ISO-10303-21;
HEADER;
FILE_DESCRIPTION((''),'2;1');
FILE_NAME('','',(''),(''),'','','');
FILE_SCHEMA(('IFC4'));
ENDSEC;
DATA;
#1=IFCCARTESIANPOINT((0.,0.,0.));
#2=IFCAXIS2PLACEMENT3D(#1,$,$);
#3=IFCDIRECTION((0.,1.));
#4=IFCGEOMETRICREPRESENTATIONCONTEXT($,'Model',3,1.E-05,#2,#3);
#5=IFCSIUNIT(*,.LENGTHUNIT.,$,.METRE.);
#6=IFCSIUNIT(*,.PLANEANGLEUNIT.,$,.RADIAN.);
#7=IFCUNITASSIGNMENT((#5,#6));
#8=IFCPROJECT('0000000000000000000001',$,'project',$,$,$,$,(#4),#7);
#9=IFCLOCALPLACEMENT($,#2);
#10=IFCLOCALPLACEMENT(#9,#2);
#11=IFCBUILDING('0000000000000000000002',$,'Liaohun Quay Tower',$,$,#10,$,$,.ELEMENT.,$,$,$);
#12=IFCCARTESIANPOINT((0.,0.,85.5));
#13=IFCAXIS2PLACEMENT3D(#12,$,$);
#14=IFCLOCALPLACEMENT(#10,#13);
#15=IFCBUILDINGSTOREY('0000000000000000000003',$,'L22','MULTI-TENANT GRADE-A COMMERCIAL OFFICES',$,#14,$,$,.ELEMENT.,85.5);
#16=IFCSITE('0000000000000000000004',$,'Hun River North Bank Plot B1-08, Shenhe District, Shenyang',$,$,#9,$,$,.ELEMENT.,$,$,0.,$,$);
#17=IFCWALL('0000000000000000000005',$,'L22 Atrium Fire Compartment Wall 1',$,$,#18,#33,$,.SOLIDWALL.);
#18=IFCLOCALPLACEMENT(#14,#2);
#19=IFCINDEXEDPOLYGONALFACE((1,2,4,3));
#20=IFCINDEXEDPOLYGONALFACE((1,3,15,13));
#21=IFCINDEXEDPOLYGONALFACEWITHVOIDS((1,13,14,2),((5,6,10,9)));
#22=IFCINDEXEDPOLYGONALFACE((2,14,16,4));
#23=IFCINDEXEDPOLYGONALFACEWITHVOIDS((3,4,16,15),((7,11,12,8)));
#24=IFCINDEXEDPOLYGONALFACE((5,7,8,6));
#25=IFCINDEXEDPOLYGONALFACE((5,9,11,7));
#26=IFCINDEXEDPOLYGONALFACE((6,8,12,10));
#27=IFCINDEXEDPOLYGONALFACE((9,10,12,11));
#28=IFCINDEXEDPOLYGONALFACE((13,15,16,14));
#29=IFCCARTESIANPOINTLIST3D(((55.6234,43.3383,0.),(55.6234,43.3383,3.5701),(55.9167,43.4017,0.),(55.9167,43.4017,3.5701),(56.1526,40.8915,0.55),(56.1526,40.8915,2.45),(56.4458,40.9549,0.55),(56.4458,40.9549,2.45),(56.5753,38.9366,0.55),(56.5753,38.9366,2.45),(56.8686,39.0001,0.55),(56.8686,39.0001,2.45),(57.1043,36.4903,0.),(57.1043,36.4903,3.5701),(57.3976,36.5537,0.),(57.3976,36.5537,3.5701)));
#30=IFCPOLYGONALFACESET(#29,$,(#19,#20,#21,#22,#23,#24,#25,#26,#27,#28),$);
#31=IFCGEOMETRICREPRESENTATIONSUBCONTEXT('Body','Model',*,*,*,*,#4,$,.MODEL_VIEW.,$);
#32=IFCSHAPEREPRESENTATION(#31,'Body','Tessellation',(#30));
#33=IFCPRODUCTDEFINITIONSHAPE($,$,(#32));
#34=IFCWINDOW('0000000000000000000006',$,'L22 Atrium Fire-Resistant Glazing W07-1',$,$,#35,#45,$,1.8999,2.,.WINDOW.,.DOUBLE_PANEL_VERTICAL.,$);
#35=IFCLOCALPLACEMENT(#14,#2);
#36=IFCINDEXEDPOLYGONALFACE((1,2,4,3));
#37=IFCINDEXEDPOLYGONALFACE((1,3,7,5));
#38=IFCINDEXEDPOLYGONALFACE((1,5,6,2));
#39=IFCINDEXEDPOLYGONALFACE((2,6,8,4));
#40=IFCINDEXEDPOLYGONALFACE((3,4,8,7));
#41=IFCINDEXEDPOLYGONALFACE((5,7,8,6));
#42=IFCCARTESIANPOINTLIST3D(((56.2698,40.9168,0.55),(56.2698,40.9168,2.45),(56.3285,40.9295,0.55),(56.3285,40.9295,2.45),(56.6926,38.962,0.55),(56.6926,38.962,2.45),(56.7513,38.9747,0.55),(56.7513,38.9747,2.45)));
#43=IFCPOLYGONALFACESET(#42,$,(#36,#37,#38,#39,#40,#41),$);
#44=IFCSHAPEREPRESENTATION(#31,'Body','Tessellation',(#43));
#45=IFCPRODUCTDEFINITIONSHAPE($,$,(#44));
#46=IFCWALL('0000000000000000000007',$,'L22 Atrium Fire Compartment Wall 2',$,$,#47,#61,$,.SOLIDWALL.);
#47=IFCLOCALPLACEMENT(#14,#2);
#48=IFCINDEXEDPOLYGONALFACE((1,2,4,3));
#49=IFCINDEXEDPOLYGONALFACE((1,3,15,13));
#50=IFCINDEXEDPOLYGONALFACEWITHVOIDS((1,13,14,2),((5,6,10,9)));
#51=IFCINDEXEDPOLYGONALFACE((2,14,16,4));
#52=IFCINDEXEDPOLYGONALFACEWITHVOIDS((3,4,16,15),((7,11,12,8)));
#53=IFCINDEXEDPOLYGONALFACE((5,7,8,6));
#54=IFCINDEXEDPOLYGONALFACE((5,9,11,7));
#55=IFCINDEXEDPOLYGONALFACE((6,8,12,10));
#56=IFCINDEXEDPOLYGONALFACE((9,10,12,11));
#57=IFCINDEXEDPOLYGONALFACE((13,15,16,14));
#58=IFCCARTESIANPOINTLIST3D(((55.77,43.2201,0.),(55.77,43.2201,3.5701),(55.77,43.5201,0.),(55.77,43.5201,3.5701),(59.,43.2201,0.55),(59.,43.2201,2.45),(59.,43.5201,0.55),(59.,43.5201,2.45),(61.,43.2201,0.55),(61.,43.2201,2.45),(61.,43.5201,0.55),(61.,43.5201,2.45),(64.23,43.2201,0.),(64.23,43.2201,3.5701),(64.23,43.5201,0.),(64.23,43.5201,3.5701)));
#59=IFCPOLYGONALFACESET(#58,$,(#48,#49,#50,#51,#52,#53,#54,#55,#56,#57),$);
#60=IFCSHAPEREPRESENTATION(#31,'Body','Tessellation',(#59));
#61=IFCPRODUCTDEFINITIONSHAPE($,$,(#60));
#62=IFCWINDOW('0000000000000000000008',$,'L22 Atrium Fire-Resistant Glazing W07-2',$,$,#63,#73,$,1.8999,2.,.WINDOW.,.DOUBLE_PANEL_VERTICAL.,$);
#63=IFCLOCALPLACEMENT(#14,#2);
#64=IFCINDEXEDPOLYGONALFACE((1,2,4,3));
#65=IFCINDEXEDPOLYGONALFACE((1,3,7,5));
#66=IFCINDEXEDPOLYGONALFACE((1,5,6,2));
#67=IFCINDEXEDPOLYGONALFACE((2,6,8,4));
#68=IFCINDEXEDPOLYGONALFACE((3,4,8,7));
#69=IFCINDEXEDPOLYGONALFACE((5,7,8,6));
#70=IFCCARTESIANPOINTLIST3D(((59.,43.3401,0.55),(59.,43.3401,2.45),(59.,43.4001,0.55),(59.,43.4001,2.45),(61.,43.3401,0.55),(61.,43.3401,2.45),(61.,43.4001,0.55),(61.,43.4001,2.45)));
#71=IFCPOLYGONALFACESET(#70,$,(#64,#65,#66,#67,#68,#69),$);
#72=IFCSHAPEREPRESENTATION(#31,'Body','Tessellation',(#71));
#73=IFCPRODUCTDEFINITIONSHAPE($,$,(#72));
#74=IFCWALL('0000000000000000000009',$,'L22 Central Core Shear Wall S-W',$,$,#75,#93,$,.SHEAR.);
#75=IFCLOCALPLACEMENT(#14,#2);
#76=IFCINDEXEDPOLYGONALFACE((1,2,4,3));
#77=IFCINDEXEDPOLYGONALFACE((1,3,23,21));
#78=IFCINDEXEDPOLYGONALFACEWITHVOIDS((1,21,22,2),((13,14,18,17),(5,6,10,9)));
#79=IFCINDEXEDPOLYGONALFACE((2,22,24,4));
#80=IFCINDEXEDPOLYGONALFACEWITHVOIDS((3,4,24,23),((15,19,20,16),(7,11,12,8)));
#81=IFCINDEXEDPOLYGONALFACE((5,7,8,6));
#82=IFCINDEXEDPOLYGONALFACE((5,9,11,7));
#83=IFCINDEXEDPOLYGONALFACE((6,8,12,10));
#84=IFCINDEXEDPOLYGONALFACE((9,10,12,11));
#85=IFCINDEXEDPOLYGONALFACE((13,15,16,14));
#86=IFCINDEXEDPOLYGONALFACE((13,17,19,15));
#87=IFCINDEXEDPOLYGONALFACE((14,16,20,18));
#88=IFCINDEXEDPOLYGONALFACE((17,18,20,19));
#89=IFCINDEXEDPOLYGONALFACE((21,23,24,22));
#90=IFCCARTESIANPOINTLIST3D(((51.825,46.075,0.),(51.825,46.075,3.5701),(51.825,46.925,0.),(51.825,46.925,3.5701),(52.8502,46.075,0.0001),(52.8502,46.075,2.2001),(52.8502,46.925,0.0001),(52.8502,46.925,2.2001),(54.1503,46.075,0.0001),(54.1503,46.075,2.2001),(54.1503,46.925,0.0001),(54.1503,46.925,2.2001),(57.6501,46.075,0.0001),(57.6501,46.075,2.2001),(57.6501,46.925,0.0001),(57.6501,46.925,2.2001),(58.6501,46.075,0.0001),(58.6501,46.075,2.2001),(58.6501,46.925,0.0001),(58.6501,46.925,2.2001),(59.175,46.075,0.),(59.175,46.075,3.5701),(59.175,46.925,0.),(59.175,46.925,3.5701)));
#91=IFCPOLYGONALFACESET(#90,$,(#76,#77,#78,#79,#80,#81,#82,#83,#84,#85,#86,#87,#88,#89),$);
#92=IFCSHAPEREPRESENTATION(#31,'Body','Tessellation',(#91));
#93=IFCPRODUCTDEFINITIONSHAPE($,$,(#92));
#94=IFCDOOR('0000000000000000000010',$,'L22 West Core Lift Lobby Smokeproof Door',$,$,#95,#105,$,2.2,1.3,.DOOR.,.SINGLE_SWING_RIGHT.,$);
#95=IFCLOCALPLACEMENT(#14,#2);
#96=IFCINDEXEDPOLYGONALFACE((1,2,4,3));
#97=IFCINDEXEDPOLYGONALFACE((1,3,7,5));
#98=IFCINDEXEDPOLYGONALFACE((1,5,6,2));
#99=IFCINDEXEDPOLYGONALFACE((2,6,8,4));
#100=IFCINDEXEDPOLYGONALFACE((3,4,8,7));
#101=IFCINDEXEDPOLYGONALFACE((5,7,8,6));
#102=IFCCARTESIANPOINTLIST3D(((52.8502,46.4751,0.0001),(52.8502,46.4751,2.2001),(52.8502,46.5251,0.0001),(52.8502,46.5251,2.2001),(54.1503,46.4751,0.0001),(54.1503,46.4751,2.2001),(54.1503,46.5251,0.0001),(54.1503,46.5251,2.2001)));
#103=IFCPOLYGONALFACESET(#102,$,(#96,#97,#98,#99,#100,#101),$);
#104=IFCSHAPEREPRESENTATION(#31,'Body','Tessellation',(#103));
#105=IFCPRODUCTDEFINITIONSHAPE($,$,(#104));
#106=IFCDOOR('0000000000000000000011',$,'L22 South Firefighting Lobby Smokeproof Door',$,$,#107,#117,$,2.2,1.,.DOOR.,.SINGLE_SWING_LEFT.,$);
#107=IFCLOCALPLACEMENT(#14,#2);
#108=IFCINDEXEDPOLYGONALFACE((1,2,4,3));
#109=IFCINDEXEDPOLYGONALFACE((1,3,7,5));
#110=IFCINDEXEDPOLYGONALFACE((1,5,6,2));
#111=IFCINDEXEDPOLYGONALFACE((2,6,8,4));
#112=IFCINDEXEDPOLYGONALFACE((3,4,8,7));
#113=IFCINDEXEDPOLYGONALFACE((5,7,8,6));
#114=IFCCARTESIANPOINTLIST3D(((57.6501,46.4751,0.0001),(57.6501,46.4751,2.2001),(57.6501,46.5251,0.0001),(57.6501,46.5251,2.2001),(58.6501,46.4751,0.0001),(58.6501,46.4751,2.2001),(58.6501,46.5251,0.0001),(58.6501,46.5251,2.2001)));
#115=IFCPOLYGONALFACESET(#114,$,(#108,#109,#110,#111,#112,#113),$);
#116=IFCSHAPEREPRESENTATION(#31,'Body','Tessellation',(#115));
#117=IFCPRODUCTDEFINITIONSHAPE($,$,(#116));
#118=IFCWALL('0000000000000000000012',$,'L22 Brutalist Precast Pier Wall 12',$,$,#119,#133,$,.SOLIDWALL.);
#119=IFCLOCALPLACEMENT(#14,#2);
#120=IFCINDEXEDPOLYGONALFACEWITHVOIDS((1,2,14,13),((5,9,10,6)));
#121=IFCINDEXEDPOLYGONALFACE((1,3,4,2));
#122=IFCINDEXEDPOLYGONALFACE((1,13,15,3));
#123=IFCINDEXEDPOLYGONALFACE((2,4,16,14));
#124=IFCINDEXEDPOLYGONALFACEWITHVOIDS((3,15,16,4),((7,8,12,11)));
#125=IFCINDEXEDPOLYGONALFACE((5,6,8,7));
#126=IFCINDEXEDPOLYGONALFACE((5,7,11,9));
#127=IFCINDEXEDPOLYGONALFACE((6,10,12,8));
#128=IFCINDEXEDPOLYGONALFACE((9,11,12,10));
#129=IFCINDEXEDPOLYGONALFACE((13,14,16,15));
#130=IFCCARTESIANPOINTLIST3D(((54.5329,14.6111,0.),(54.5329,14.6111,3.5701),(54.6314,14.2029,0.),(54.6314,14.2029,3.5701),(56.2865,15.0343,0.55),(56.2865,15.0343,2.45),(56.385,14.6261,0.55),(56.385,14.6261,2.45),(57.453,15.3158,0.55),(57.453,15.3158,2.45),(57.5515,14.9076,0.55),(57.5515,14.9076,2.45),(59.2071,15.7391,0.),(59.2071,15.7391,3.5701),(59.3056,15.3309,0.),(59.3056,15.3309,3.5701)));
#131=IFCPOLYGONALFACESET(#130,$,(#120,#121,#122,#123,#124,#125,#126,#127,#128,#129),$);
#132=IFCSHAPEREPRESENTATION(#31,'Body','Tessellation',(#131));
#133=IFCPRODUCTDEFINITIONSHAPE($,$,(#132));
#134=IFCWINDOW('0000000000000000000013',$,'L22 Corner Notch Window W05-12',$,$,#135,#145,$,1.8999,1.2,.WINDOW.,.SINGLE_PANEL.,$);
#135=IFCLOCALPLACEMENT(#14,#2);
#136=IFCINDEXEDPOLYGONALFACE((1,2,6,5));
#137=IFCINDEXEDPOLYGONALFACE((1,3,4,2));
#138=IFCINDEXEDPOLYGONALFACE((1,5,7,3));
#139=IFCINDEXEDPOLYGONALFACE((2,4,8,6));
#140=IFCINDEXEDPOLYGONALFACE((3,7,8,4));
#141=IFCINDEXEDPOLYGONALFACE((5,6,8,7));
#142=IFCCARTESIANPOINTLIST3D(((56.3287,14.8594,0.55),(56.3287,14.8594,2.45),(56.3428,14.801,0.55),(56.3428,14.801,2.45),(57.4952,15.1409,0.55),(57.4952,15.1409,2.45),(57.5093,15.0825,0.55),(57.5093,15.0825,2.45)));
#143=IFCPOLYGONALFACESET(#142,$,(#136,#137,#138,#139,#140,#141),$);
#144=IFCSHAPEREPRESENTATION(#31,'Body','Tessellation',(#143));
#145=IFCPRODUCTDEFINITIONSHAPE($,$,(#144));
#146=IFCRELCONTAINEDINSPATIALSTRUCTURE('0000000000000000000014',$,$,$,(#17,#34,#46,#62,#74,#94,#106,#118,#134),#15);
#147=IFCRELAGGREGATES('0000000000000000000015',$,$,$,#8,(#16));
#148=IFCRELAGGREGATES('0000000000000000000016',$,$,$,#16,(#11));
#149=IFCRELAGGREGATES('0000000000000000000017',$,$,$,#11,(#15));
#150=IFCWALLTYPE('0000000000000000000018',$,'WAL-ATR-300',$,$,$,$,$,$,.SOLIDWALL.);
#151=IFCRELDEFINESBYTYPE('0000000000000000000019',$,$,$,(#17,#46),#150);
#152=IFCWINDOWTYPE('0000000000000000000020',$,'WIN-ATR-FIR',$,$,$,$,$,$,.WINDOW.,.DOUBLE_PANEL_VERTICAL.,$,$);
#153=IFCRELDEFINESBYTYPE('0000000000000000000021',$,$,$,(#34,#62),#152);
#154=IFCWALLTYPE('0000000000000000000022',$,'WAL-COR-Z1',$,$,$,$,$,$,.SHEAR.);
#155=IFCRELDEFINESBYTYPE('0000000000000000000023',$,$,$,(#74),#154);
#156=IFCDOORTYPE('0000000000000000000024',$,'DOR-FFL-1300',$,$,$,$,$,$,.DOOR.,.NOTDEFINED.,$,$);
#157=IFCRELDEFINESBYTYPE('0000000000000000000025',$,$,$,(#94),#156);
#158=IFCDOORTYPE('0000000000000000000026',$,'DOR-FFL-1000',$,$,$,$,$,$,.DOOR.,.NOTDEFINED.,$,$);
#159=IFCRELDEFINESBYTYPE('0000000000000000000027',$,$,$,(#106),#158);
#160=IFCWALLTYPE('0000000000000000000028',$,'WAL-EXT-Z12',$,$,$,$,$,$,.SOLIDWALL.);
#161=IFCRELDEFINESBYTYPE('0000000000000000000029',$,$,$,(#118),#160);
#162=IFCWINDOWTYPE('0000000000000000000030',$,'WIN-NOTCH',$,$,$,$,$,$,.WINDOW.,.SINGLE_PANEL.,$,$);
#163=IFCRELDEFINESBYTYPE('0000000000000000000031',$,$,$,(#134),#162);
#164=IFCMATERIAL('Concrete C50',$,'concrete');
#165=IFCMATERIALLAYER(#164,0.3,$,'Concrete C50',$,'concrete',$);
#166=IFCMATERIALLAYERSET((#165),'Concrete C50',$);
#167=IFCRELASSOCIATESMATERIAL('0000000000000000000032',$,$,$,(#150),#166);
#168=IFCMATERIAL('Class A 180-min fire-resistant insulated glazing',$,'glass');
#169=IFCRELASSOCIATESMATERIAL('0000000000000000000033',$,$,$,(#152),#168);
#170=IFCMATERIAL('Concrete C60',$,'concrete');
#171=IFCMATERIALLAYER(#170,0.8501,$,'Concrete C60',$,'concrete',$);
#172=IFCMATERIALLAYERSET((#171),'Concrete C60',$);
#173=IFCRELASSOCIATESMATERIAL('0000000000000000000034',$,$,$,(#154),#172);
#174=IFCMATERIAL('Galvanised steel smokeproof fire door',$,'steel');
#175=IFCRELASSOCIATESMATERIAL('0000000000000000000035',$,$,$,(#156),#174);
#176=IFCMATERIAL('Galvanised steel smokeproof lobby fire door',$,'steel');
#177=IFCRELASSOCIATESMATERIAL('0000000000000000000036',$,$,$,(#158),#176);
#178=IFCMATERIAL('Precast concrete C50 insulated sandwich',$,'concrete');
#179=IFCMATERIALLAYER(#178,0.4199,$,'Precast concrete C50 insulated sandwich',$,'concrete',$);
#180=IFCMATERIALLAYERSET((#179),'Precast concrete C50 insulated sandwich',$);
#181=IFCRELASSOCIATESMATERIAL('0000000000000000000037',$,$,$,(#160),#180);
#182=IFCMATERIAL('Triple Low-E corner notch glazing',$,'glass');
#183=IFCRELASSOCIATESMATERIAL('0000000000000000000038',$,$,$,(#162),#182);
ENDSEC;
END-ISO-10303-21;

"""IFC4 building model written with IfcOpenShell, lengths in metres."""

from ifc_helpers import new_model, si_unit, direction, frame, frame_2d, origin, place, context, subcontext, project, spatial, rectangle, extrude, source, transform, mapped, material, layer, layer_set, type_object, element, fill, save


model = new_model("IFC4")

# Units and contexts
model_context = context("Model", 3, precision=1e-05, world=origin(), true_north=direction((0.0, 1.0)))
body_context = subcontext(model_context, "Body", "Model", "MODEL_VIEW")
ifc_project = project(units=[si_unit("LENGTHUNIT", "METRE"), si_unit("PLANEANGLEUNIT", "RADIAN")], contexts=[model_context])

# Site, building, storey
site_placement = place(None, origin())
site = spatial("IfcSite", under=ifc_project, at=site_placement, Name="Hun River North Bank Plot B1-08, Shenhe District, Shenyang", CompositionType="ELEMENT", RefElevation=0.0)
building_placement = place(site_placement, origin())
building = spatial("IfcBuilding", under=site, at=building_placement, Name="Liaohun Quay Tower", CompositionType="ELEMENT")
storey_placement = place(building_placement, frame((0.0, 0.0, 85.5)))
storey = spatial("IfcBuildingStorey", under=building, at=storey_placement, Name="L22", Description="MULTI-TENANT GRADE-A COMMERCIAL OFFICES", CompositionType="ELEMENT", Elevation=85.5)

# Shared definitions
ifc_material_1 = material(Name="Concrete C60", Category="concrete")

# Walls, openings, windows
ifc_material_2 = material(Name="Concrete C50", Category="concrete")
ifc_layer_1 = layer(ifc_material_2, 0.3, Name="Concrete C50", Category="concrete")
ifc_layer_set_1 = layer_set([ifc_layer_1], Name="Concrete C50")
wall_type_1 = type_object("IfcWallType", Name="WAL-ATR-300", PredefinedType="SOLIDWALL", material=ifc_layer_set_1)
wall_1_placement = place(storey_placement, frame((57.251, 36.522, 0.0), z_axis=(0.0, 0.0, 1.0), x_axis=(-0.211371, 0.977406, 0.0)))
wall_1 = element("IfcWall", 1, at=wall_1_placement, inside=storey, type_object=wall_type_1, Name="L22 Atrium Fire Compartment Wall 1", PredefinedType="SOLIDWALL", context=body_context, shape_type="SweptSolid", body=[
    extrude(rectangle(XDim=7.0063, YDim=0.3, at=frame_2d((3.5032, 0.0))), origin(), (0.0, 0.0, 1.0), 3.5701),
])
shared_shape_1 = source(origin(), body_context, "Body", "SweptSolid", [
    extrude(rectangle(XDim=2.0, YDim=1.8999, at=frame_2d((1.0, 0.95))), frame((0.0, 0.1599, 0.0), z_axis=(0.0, -1.0, 0.0), x_axis=(1.0, 0.0, 0.0)), (0.0, 0.0, 1.0), 0.3201),
])
opening_1_placement = place(wall_1_placement, frame((2.5029, 0.0, 0.55)))
opening_1 = element("IfcOpeningElement", 2, at=opening_1_placement, cuts=wall_1, PredefinedType="OPENING", context=body_context, shape_type="MappedRepresentation", body=[
    mapped(shared_shape_1, transform((0.0, 0.0, 0.0), x_axis=(1.0, 0.0, 0.0), y_axis=(0.0, 1.0, 0.0), z_axis=(0.0, 0.0, 1.0), scale=1.0)),
])
ifc_material_3 = material(Name="Class A 180-min fire-resistant insulated glazing", Category="glass")
window_type_1 = type_object("IfcWindowType", Name="WIN-ATR-FIR", PartitioningType="DOUBLE_PANEL_VERTICAL", PredefinedType="WINDOW", material=ifc_material_3)
shared_shape_2 = source(origin(), body_context, "Body", "SweptSolid", [
    extrude(rectangle(XDim=2.0, YDim=1.8999, at=frame_2d((1.0, 0.95))), frame((0.0, 0.03, 0.0), z_axis=(0.0, -1.0, 0.0), x_axis=(1.0, 0.0, 0.0)), (0.0, 0.0, 1.0), 0.0601),
])
window_1_placement = place(opening_1_placement, origin())
window_1 = element("IfcWindow", 3, at=window_1_placement, inside=storey, type_object=window_type_1, Name="L22 Atrium Fire-Resistant Glazing W07-1", OverallHeight=1.8999, OverallWidth=2.0, PartitioningType="DOUBLE_PANEL_VERTICAL", PredefinedType="WINDOW", context=body_context, shape_type="MappedRepresentation", body=[
    mapped(shared_shape_2, transform((0.0, 0.0, 0.0), x_axis=(1.0, 0.0, 0.0), y_axis=(0.0, 1.0, 0.0), z_axis=(0.0, 0.0, 1.0), scale=1.0)),
])
fill(opening_1, window_1)
wall_2_placement = place(storey_placement, frame((55.77, 43.3701, 0.0), z_axis=(0.0, 0.0, 1.0), x_axis=(1.0, 0.0, 0.0)))
wall_2 = element("IfcWall", 4, at=wall_2_placement, inside=storey, type_object=wall_type_1, Name="L22 Atrium Fire Compartment Wall 2", PredefinedType="SOLIDWALL", context=body_context, shape_type="SweptSolid", body=[
    extrude(rectangle(XDim=8.46, YDim=0.3, at=frame_2d((4.23, 0.0))), origin(), (0.0, 0.0, 1.0), 3.5701),
])
opening_2_placement = place(wall_2_placement, frame((3.23, 0.0, 0.55)))
opening_2 = element("IfcOpeningElement", 5, at=opening_2_placement, cuts=wall_2, PredefinedType="OPENING", context=body_context, shape_type="MappedRepresentation", body=[
    mapped(shared_shape_1, transform((0.0, 0.0, 0.0), x_axis=(1.0, 0.0, 0.0), y_axis=(0.0, 1.0, 0.0), z_axis=(0.0, 0.0, 1.0), scale=1.0)),
])
window_2_placement = place(opening_2_placement, origin())
window_2 = element("IfcWindow", 6, at=window_2_placement, inside=storey, type_object=window_type_1, Name="L22 Atrium Fire-Resistant Glazing W07-2", OverallHeight=1.8999, OverallWidth=2.0, PartitioningType="DOUBLE_PANEL_VERTICAL", PredefinedType="WINDOW", context=body_context, shape_type="MappedRepresentation", body=[
    mapped(shared_shape_2, transform((0.0, 0.0, 0.0), x_axis=(1.0, 0.0, 0.0), y_axis=(0.0, 1.0, 0.0), z_axis=(0.0, 0.0, 1.0), scale=1.0)),
])
fill(opening_2, window_2)

# Wall, openings, doors
ifc_layer_2 = layer(ifc_material_1, 0.8501, Name="Concrete C60", Category="concrete")
ifc_layer_set_2 = layer_set([ifc_layer_2], Name="Concrete C60")
wall_type_2 = type_object("IfcWallType", Name="WAL-COR-Z1", PredefinedType="SHEAR", material=ifc_layer_set_2)
wall_3_placement = place(storey_placement, frame((59.175, 46.5, 0.0), z_axis=(0.0, 0.0, 1.0), x_axis=(-1.0, 0.0, 0.0)))
wall_3 = element("IfcWall", 7, at=wall_3_placement, inside=storey, type_object=wall_type_2, Name="L22 Central Core Shear Wall S-W", PredefinedType="SHEAR", context=body_context, shape_type="SweptSolid", body=[
    extrude(rectangle(XDim=7.3501, YDim=0.8501, at=frame_2d((3.675, 0.0))), origin(), (0.0, 0.0, 1.0), 3.5701),
])
shared_shape_3 = source(origin(), body_context, "Body", "SweptSolid", [
    extrude(rectangle(XDim=1.3, YDim=2.2, at=frame_2d((0.6499, 1.1001))), frame((0.0, 0.4351, 0.0), z_axis=(0.0, -1.0, 0.0), x_axis=(1.0, 0.0, 0.0)), (0.0, 0.0, 1.0), 0.8701),
])
opening_3_placement = place(wall_3_placement, frame((5.0249, 0.0, 0.0)))
opening_3 = element("IfcOpeningElement", 8, at=opening_3_placement, cuts=wall_3, PredefinedType="OPENING", context=body_context, shape_type="MappedRepresentation", body=[
    mapped(shared_shape_3, transform((0.0, 0.0, 0.0), x_axis=(1.0, 0.0, 0.0), y_axis=(0.0, 1.0, 0.0), z_axis=(0.0, 0.0, 1.0), scale=1.0)),
])
shared_shape_4 = source(origin(), body_context, "Body", "SweptSolid", [
    extrude(rectangle(XDim=1.0, YDim=2.2, at=frame_2d((0.5, 1.1001))), frame((0.0, 0.4351, 0.0), z_axis=(0.0, -1.0, 0.0), x_axis=(1.0, 0.0, 0.0)), (0.0, 0.0, 1.0), 0.8701),
])
opening_4_placement = place(wall_3_placement, frame((0.5249, 0.0, 0.0)))
opening_4 = element("IfcOpeningElement", 9, at=opening_4_placement, cuts=wall_3, PredefinedType="OPENING", context=body_context, shape_type="MappedRepresentation", body=[
    mapped(shared_shape_4, transform((0.0, 0.0, 0.0), x_axis=(1.0, 0.0, 0.0), y_axis=(0.0, 1.0, 0.0), z_axis=(0.0, 0.0, 1.0), scale=1.0)),
])
ifc_material_4 = material(Name="Galvanised steel smokeproof fire door", Category="steel")
door_type_1 = type_object("IfcDoorType", Name="DOR-FFL-1300", OperationType="NOTDEFINED", PredefinedType="DOOR", material=ifc_material_4)
shared_shape_5 = source(origin(), body_context, "Body", "SweptSolid", [
    extrude(rectangle(XDim=1.3, YDim=2.2, at=frame_2d((0.6499, 1.1001))), frame((0.0, 0.0249, 0.0), z_axis=(0.0, -1.0, 0.0), x_axis=(1.0, 0.0, 0.0)), (0.0, 0.0, 1.0), 0.05),
])
door_1_placement = place(opening_3_placement, origin())
door_1 = element("IfcDoor", 10, at=door_1_placement, inside=storey, type_object=door_type_1, Name="L22 West Core Lift Lobby Smokeproof Door", OperationType="SINGLE_SWING_RIGHT", OverallHeight=2.2, OverallWidth=1.3, PredefinedType="DOOR", context=body_context, shape_type="MappedRepresentation", body=[
    mapped(shared_shape_5, transform((0.0, 0.0, 0.0), x_axis=(1.0, 0.0, 0.0), y_axis=(0.0, 1.0, 0.0), z_axis=(0.0, 0.0, 1.0), scale=1.0)),
])
fill(opening_3, door_1)
ifc_material_5 = material(Name="Galvanised steel smokeproof lobby fire door", Category="steel")
door_type_2 = type_object("IfcDoorType", Name="DOR-FFL-1000", OperationType="NOTDEFINED", PredefinedType="DOOR", material=ifc_material_5)
shared_shape_6 = source(origin(), body_context, "Body", "SweptSolid", [
    extrude(rectangle(XDim=1.0, YDim=2.2, at=frame_2d((0.5, 1.1001))), frame((0.0, 0.0249, 0.0), z_axis=(0.0, -1.0, 0.0), x_axis=(1.0, 0.0, 0.0)), (0.0, 0.0, 1.0), 0.05),
])
door_2_placement = place(opening_4_placement, origin())
door_2 = element("IfcDoor", 11, at=door_2_placement, inside=storey, type_object=door_type_2, Name="L22 South Firefighting Lobby Smokeproof Door", OperationType="SINGLE_SWING_LEFT", OverallHeight=2.2, OverallWidth=1.0, PredefinedType="DOOR", context=body_context, shape_type="MappedRepresentation", body=[
    mapped(shared_shape_6, transform((0.0, 0.0, 0.0), x_axis=(1.0, 0.0, 0.0), y_axis=(0.0, 1.0, 0.0), z_axis=(0.0, 0.0, 1.0), scale=1.0)),
])
fill(opening_4, door_2)

# Wall, opening, window
ifc_material_6 = material(Name="Precast concrete C50 insulated sandwich", Category="concrete")
ifc_layer_3 = layer(ifc_material_6, 0.4199, Name="Precast concrete C50 insulated sandwich", Category="concrete")
ifc_layer_set_3 = layer_set([ifc_layer_3], Name="Precast concrete C50 insulated sandwich")
wall_type_3 = type_object("IfcWallType", Name="WAL-EXT-Z12", PredefinedType="SOLIDWALL", material=ifc_layer_set_3)
wall_4_placement = place(storey_placement, frame((54.582, 14.407, 0.0), z_axis=(0.0, 0.0, 1.0), x_axis=(0.972096, 0.234583, 0.0)))
wall_4 = element("IfcWall", 12, at=wall_4_placement, inside=storey, type_object=wall_type_3, Name="L22 Brutalist Precast Pier Wall 12", PredefinedType="SOLIDWALL", context=body_context, shape_type="SweptSolid", body=[
    extrude(rectangle(XDim=4.8083, YDim=0.4199, at=frame_2d((2.4043, 0.0))), origin(), (0.0, 0.0, 1.0), 3.5701),
])
shared_shape_7 = source(origin(), body_context, "Body", "SweptSolid", [
    extrude(rectangle(XDim=1.2, YDim=1.8999, at=frame_2d((0.6001, 0.95))), frame((0.0, 0.22, 0.0), z_axis=(0.0, -1.0, 0.0), x_axis=(1.0, 0.0, 0.0)), (0.0, 0.0, 1.0), 0.4399),
])
opening_5_placement = place(wall_4_placement, frame((1.804, 0.0, 0.55)))
opening_5 = element("IfcOpeningElement", 13, at=opening_5_placement, cuts=wall_4, PredefinedType="OPENING", context=body_context, shape_type="MappedRepresentation", body=[
    mapped(shared_shape_7, transform((0.0, 0.0, 0.0), x_axis=(1.0, 0.0, 0.0), y_axis=(0.0, 1.0, 0.0), z_axis=(0.0, 0.0, 1.0), scale=1.0)),
])
ifc_material_7 = material(Name="Triple Low-E corner notch glazing", Category="glass")
window_type_2 = type_object("IfcWindowType", Name="WIN-NOTCH", PartitioningType="SINGLE_PANEL", PredefinedType="WINDOW", material=ifc_material_7)
shared_shape_8 = source(origin(), body_context, "Body", "SweptSolid", [
    extrude(rectangle(XDim=1.2, YDim=1.8999, at=frame_2d((0.6001, 0.95))), frame((0.0, 0.03, 0.0), z_axis=(0.0, -1.0, 0.0), x_axis=(1.0, 0.0, 0.0)), (0.0, 0.0, 1.0), 0.0601),
])
window_3_placement = place(opening_5_placement, origin())
window_3 = element("IfcWindow", 14, at=window_3_placement, inside=storey, type_object=window_type_2, Name="L22 Corner Notch Window W05-12", OverallHeight=1.8999, OverallWidth=1.2, PartitioningType="SINGLE_PANEL", PredefinedType="WINDOW", context=body_context, shape_type="MappedRepresentation", body=[
    mapped(shared_shape_8, transform((0.0, 0.0, 0.0), x_axis=(1.0, 0.0, 0.0), y_axis=(0.0, 1.0, 0.0), z_axis=(0.0, 0.0, 1.0), scale=1.0)),
])
fill(opening_5, window_3)

save(model, "model.ifc")
